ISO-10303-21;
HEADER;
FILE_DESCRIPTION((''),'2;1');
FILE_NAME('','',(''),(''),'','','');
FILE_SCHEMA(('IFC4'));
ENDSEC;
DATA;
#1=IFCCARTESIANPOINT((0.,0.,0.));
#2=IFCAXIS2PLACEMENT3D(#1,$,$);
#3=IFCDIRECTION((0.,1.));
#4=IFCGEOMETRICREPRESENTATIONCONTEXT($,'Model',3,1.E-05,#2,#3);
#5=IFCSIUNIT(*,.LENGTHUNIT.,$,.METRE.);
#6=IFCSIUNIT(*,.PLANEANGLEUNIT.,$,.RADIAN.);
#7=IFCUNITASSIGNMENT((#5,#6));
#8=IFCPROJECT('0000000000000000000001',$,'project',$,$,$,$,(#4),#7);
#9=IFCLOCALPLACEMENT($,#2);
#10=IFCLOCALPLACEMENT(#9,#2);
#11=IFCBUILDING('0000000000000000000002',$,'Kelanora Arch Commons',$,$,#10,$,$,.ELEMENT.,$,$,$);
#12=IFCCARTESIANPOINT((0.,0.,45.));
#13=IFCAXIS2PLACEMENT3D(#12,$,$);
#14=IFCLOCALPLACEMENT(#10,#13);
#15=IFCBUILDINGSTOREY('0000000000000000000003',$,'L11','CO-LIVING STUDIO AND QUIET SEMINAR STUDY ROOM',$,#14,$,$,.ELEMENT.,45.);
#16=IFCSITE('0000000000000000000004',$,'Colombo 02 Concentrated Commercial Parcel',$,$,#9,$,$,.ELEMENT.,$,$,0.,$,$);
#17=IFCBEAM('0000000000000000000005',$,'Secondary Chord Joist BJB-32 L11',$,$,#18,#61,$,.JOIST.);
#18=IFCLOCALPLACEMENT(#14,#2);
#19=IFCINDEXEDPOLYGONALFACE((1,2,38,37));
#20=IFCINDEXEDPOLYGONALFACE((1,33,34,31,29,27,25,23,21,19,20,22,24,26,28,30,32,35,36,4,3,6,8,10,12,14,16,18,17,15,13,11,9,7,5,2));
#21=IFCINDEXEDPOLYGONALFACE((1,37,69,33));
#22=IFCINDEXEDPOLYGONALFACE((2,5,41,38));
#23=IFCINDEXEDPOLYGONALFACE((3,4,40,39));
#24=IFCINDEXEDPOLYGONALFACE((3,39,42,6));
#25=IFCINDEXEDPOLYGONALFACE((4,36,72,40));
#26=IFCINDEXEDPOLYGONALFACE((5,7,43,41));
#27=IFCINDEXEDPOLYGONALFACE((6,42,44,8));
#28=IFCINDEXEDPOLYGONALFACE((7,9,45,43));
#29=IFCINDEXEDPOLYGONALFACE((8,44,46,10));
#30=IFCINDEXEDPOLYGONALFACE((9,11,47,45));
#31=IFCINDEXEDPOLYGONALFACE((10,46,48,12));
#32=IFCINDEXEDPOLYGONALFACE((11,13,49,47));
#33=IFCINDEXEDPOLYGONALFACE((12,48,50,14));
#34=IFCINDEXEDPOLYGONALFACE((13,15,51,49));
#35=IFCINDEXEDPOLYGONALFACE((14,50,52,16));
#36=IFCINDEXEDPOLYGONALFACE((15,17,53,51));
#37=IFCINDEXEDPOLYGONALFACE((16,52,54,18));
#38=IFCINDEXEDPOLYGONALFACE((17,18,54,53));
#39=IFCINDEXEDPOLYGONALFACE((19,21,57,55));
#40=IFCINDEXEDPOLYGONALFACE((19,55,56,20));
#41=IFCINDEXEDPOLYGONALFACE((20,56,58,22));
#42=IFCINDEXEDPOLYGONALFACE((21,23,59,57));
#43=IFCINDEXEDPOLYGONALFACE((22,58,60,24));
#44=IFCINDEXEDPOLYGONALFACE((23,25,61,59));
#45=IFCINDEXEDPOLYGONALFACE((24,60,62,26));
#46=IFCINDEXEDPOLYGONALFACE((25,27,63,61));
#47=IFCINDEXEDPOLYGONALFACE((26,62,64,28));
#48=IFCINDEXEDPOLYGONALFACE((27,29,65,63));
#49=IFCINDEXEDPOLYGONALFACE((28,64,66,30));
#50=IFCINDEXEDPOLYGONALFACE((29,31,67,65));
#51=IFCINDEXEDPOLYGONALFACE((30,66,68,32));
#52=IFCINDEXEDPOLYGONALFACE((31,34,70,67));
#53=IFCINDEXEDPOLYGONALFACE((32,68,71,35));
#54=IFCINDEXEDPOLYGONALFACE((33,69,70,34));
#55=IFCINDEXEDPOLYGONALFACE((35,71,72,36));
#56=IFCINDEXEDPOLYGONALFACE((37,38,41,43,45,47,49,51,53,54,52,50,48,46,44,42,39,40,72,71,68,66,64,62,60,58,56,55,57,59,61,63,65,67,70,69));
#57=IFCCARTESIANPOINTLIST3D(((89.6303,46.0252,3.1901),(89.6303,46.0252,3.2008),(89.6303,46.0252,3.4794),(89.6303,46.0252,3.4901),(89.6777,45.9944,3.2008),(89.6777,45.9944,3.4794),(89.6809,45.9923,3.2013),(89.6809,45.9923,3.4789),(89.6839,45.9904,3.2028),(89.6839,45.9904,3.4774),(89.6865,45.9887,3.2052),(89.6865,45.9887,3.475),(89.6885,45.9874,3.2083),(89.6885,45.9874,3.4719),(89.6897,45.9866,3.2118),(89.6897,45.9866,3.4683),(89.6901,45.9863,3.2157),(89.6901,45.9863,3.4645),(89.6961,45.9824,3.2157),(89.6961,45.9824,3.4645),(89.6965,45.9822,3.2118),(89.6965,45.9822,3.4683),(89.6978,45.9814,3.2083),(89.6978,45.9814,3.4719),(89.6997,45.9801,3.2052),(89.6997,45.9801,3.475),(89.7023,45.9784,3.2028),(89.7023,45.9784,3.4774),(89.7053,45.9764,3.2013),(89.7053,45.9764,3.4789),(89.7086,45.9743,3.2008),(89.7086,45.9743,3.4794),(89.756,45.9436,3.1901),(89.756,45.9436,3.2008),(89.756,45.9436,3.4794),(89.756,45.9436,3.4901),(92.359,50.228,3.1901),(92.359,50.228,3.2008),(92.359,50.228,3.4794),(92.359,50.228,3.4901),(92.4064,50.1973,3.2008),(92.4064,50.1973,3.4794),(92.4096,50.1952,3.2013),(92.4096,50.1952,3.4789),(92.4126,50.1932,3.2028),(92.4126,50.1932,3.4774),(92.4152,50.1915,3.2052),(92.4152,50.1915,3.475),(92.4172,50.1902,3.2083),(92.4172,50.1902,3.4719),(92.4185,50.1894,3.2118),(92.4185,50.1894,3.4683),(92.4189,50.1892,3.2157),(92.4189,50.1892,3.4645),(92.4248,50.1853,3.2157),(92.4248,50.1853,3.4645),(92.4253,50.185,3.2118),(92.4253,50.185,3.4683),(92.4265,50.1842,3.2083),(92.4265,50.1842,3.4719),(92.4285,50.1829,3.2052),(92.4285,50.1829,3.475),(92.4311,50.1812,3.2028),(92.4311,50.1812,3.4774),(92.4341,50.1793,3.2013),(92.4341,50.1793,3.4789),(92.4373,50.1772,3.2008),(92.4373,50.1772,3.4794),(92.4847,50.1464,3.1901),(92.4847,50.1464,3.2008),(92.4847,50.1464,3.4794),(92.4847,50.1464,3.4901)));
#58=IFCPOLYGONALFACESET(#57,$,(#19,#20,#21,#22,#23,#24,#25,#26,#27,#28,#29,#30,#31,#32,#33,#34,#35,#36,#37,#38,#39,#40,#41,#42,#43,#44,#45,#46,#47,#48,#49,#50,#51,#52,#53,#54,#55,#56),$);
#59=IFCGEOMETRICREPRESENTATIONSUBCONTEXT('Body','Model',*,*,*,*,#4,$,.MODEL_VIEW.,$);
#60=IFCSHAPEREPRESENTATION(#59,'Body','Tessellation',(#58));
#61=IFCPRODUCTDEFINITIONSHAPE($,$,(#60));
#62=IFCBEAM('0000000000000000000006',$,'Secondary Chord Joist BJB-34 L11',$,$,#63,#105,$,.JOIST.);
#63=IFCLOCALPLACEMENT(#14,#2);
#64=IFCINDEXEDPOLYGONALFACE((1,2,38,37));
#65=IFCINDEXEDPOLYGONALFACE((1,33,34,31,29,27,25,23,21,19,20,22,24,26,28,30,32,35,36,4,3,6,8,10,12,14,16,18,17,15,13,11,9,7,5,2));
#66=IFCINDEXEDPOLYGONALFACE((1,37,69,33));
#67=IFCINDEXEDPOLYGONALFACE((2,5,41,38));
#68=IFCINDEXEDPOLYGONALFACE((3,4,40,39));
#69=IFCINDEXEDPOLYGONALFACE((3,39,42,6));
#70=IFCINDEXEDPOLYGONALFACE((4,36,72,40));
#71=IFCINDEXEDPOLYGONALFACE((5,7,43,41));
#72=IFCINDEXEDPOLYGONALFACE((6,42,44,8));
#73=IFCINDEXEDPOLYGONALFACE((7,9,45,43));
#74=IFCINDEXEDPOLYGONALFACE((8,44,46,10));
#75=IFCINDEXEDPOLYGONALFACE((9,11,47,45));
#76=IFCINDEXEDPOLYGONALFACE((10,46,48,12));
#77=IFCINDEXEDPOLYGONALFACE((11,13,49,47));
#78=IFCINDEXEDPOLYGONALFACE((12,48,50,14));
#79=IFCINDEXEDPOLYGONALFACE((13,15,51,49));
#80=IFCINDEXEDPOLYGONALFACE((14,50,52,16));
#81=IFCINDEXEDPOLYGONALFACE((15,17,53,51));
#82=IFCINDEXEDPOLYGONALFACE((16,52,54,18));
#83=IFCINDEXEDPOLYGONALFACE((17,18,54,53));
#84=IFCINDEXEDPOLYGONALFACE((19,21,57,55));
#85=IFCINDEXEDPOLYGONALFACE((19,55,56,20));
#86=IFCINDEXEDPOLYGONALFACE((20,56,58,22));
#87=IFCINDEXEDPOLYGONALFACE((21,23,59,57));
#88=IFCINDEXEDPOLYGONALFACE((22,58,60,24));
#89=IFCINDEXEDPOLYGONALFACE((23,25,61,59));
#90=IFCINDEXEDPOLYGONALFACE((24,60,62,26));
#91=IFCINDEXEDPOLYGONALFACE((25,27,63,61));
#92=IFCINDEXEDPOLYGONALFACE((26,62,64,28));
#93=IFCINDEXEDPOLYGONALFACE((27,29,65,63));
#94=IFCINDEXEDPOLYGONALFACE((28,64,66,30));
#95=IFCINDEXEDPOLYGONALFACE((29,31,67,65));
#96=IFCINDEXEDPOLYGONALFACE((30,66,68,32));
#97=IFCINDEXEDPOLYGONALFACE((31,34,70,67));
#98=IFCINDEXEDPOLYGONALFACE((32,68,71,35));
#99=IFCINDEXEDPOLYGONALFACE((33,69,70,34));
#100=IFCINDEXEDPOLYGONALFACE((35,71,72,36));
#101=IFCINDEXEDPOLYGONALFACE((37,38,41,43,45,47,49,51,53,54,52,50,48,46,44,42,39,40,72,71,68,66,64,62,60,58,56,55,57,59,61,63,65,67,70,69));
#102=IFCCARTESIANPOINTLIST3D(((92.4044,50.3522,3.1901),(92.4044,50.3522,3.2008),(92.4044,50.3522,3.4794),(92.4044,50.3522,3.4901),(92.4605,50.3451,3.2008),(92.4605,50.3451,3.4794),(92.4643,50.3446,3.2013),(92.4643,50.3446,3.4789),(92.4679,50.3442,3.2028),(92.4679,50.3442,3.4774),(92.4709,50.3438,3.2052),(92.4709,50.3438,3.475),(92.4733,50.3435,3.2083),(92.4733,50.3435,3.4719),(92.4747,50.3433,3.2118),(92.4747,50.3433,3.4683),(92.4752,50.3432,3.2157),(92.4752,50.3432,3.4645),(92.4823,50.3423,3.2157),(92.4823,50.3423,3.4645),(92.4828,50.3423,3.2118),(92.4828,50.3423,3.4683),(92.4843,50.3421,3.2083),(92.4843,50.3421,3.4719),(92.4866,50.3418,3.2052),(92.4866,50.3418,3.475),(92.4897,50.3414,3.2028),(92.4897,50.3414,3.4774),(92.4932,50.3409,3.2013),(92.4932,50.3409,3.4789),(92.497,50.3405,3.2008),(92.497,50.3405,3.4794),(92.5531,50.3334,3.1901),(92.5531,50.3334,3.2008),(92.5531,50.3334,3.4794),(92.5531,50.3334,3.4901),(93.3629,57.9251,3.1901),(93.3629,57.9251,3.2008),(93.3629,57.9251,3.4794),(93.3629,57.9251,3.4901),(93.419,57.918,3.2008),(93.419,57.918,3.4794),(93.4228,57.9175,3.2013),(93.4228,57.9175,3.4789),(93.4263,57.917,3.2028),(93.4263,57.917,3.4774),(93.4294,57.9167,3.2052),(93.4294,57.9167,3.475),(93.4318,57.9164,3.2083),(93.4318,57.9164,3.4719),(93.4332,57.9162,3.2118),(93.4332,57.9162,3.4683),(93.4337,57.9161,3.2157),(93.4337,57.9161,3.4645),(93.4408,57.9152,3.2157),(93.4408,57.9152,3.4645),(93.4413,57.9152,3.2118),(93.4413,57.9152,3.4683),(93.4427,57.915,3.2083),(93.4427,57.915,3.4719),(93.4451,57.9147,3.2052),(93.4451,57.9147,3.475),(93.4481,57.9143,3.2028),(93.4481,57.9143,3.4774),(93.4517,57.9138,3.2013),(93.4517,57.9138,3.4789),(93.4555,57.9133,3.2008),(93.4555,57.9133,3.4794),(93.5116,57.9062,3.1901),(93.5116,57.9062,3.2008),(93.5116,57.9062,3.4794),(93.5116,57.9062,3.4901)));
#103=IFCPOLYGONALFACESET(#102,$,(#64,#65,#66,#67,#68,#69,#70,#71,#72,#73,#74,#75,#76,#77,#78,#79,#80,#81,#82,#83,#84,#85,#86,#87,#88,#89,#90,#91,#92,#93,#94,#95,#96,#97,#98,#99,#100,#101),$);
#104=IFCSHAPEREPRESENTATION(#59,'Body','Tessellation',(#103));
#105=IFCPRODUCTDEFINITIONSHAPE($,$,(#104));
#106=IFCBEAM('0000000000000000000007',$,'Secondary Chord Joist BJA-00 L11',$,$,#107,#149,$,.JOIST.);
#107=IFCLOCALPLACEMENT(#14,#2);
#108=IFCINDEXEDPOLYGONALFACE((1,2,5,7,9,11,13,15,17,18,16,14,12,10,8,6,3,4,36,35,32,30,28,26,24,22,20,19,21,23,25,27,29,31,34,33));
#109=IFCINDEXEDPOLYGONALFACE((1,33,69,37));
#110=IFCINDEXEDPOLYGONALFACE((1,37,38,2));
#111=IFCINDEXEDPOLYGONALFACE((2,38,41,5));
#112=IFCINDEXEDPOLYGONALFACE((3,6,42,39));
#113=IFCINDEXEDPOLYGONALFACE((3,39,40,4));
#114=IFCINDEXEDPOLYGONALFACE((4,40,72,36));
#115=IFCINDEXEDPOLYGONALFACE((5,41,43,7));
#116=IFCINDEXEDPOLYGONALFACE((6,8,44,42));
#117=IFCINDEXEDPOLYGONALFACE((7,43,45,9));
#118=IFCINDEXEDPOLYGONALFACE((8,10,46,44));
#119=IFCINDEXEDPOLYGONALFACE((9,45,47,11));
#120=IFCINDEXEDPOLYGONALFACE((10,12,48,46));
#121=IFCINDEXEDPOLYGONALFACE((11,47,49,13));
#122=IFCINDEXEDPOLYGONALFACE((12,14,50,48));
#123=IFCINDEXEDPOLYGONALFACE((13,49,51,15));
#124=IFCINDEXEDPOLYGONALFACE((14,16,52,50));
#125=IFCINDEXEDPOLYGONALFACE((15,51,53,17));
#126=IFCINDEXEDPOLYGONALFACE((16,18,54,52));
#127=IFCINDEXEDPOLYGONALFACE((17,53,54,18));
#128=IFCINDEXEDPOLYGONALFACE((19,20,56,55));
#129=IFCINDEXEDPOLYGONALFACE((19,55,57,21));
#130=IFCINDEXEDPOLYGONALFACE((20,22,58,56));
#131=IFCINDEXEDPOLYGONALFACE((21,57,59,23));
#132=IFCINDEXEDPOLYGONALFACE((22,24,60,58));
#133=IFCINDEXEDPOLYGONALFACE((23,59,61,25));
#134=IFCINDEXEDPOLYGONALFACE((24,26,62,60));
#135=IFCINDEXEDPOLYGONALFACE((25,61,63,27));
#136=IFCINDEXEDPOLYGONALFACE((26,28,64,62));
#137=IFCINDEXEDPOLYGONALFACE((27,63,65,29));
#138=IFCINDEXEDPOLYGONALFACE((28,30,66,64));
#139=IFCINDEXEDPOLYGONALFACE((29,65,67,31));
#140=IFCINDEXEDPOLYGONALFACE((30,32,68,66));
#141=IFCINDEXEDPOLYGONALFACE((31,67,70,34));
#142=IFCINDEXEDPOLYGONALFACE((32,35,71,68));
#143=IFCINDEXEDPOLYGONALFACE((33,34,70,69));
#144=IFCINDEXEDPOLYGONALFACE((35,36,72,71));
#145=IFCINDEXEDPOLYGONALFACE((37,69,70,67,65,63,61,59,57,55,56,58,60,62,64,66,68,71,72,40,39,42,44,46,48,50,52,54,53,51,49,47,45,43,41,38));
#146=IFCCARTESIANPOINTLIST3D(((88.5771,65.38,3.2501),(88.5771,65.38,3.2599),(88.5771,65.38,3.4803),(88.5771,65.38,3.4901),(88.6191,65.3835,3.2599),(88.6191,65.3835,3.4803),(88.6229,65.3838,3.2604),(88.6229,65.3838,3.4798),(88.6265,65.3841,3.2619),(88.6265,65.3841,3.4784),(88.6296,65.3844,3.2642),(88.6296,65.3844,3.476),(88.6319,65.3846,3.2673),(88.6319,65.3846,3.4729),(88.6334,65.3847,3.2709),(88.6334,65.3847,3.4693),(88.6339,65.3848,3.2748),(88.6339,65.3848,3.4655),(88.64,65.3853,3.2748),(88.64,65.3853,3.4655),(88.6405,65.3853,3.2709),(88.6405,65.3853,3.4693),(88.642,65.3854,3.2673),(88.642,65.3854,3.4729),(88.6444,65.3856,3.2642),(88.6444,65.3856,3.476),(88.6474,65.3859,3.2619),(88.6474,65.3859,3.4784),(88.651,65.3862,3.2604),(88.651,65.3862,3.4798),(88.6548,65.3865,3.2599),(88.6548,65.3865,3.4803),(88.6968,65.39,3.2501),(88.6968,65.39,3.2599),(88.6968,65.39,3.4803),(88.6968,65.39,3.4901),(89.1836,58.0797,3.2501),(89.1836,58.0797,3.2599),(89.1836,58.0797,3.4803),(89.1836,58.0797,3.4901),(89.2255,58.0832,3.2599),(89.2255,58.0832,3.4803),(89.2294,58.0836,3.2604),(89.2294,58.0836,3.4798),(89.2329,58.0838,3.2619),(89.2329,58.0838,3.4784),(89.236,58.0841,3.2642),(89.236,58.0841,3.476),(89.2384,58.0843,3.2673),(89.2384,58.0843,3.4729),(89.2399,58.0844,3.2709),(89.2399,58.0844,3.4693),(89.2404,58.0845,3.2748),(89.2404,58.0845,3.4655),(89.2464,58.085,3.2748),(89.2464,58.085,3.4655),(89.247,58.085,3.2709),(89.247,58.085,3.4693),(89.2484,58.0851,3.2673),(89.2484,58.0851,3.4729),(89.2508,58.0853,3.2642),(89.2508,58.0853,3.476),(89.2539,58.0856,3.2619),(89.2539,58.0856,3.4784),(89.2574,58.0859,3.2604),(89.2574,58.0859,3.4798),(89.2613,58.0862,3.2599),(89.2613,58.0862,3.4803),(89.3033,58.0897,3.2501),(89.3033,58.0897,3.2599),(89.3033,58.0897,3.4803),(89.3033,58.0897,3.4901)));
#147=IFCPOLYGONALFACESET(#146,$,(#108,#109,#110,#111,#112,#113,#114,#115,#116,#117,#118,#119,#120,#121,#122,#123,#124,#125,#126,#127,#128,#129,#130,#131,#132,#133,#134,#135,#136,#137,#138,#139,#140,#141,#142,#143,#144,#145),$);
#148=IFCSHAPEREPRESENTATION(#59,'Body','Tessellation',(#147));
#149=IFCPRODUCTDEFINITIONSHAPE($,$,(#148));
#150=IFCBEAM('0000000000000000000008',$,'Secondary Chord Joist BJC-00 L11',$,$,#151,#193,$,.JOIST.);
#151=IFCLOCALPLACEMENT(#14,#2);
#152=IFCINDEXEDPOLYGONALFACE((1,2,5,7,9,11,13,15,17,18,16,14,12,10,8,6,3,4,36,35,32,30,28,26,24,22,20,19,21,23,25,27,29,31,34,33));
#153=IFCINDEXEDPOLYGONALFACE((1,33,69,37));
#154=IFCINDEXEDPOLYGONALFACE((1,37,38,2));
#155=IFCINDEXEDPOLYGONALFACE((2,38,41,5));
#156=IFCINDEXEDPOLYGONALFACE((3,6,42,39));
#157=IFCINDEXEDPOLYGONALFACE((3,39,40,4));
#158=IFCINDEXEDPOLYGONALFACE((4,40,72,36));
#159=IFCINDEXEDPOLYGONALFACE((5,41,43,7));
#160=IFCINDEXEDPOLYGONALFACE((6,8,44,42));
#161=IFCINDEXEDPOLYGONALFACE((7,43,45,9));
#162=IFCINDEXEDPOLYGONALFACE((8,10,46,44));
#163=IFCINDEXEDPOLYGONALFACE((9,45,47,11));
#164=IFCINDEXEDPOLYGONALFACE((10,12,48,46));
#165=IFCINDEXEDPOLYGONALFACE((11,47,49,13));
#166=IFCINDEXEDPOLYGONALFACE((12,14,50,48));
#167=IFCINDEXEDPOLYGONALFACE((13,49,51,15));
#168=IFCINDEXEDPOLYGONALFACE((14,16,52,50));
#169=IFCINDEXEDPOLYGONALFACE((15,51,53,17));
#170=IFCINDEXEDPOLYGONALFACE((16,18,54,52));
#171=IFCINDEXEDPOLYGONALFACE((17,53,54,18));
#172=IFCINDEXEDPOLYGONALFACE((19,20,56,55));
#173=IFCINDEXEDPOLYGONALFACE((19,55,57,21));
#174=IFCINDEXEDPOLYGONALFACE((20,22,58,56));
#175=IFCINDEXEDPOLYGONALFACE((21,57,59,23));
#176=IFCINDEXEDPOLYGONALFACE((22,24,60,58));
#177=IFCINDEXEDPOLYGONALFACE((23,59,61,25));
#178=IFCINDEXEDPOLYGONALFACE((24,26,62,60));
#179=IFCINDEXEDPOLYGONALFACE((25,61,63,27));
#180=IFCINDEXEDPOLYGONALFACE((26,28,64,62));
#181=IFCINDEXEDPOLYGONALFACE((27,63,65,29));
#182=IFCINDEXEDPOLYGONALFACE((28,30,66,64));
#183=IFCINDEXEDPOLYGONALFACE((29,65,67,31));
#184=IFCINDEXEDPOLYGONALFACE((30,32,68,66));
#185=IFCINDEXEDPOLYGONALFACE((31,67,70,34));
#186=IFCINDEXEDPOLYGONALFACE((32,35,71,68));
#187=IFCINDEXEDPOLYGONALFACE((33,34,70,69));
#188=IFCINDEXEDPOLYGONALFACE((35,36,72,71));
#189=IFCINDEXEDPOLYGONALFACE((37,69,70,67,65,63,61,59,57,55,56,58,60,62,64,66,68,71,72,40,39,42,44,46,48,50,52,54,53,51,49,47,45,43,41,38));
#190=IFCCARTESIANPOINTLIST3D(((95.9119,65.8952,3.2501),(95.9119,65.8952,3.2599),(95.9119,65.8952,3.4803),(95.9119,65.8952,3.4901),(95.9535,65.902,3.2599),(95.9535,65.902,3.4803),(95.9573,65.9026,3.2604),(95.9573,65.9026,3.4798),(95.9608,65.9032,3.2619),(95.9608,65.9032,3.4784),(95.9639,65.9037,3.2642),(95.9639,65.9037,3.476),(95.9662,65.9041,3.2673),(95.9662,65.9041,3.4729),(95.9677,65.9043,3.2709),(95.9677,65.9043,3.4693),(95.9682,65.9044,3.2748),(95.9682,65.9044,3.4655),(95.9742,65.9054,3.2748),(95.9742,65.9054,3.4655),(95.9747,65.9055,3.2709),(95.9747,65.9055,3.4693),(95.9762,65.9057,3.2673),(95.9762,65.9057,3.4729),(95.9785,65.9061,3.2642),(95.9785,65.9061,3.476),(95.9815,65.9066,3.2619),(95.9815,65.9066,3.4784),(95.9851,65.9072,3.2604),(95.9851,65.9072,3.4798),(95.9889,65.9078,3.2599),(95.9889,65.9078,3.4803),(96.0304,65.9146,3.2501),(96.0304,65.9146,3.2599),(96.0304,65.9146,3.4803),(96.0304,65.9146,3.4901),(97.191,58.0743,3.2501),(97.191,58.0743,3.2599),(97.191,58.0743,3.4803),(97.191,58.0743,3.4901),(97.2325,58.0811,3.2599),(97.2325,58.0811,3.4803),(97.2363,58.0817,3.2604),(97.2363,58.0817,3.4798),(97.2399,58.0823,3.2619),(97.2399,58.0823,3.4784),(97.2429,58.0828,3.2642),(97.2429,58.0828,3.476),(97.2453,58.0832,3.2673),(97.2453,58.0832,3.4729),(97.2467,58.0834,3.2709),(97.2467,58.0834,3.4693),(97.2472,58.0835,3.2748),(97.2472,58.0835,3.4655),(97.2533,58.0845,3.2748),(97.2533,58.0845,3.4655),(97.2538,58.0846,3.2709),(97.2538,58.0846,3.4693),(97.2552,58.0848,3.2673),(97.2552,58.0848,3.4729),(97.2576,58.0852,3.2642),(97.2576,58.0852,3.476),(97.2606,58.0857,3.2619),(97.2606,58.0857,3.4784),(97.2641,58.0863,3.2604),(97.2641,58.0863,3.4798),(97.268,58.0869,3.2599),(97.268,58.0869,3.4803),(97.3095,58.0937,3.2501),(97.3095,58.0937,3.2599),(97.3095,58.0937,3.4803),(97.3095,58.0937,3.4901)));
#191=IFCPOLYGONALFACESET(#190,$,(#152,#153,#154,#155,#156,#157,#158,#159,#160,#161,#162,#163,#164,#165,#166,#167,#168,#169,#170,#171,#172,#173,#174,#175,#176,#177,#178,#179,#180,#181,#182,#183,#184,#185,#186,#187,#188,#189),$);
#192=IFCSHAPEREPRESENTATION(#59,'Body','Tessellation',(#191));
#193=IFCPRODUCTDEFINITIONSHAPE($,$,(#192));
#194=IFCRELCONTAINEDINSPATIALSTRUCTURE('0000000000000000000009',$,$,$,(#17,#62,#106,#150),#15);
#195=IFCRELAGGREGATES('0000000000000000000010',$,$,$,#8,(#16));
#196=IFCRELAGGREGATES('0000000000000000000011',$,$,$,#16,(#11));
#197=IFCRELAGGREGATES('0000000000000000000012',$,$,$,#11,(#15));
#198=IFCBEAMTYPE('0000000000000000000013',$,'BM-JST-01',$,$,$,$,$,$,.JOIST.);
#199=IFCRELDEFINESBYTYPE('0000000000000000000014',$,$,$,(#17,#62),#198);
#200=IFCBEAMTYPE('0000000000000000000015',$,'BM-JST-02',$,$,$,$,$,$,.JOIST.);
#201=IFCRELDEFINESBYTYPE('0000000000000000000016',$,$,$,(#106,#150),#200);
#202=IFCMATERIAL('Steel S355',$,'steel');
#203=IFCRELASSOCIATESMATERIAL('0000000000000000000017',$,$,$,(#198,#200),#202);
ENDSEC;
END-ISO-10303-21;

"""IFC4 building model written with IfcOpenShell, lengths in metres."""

from ifc_helpers import new_model, si_unit, direction, frame, origin, origin_2d, place, context, subcontext, project, spatial, i_section, extrude, material, material_profile, profile_set, type_object, element, save


model = new_model("IFC4")

# Units and contexts
model_context = context("Model", 3, precision=1e-05, world=origin(), true_north=direction((0.0, 1.0)))
body_context = subcontext(model_context, "Body", "Model", "MODEL_VIEW")
ifc_project = project(units=[si_unit("LENGTHUNIT", "METRE"), si_unit("PLANEANGLEUNIT", "RADIAN")], contexts=[model_context])

# Site, building, storey
site_placement = place(None, origin())
site = spatial("IfcSite", under=ifc_project, at=site_placement, Name="Colombo 02 Concentrated Commercial Parcel", CompositionType="ELEMENT", RefElevation=0.0)
building_placement = place(site_placement, origin())
building = spatial("IfcBuilding", under=site, at=building_placement, Name="Kelanora Arch Commons", CompositionType="ELEMENT")
storey_placement = place(building_placement, frame((0.0, 0.0, 45.0)))
storey = spatial("IfcBuildingStorey", under=building, at=storey_placement, Name="L11", Description="CO-LIVING STUDIO AND QUIET SEMINAR STUDY ROOM", CompositionType="ELEMENT", Elevation=45.0)

# Beams
ifc_material_1 = material(Name="Steel S355", Category="steel")
ifc_material_profile_1 = material_profile(ifc_material_1, i_section(OverallWidth=0.1499, OverallDepth=0.3, WebThickness=0.0071, FlangeThickness=0.0107, FilletRadius=0.0149, at=origin_2d()), Name="IPE300")
ifc_profile_set_1 = profile_set([ifc_material_profile_1], Name="Steel S355")
beam_type_1 = type_object("IfcBeamType", Name="BM-JST-01", PredefinedType="JOIST", material=ifc_profile_set_1)
beam_1_placement = place(storey_placement, frame((89.6931, 45.9844, 3.3401), z_axis=(0.544552, 0.838727, 0.0), x_axis=(-0.838727, 0.544552, 0.0)))
element("IfcBeam", 1, at=beam_1_placement, inside=storey, type_object=beam_type_1, Name="Secondary Chord Joist BJB-32 L11", PredefinedType="JOIST", context=body_context, shape_type="SweptSolid", body=[
    extrude(i_section(OverallWidth=0.1499, OverallDepth=0.3, WebThickness=0.0071, FlangeThickness=0.0107, FilletRadius=0.0149, at=origin_2d()), origin(), (0.0, 0.0, 1.0), 5.011),
])
beam_2_placement = place(storey_placement, frame((92.4788, 50.3428, 3.3401), z_axis=(0.125566, 0.992085, 0.0), x_axis=(-0.992085, 0.125566, 0.0)))
element("IfcBeam", 2, at=beam_2_placement, inside=storey, type_object=beam_type_1, Name="Secondary Chord Joist BJB-34 L11", PredefinedType="JOIST", context=body_context, shape_type="SweptSolid", body=[
    extrude(i_section(OverallWidth=0.1499, OverallDepth=0.3, WebThickness=0.0071, FlangeThickness=0.0107, FilletRadius=0.0149, at=origin_2d()), origin(), (0.0, 0.0, 1.0), 7.6333),
])
ifc_material_profile_2 = material_profile(ifc_material_1, i_section(OverallWidth=0.1201, OverallDepth=0.24, WebThickness=0.0061, FlangeThickness=0.0098, FilletRadius=0.0149, at=origin_2d()), Name="IPE240")
ifc_profile_set_2 = profile_set([ifc_material_profile_2], Name="Steel S355")
beam_type_2 = type_object("IfcBeamType", Name="BM-JST-02", PredefinedType="JOIST", material=ifc_profile_set_2)
beam_3_placement = place(storey_placement, frame((89.2434, 58.0847, 3.3701), z_axis=(-0.082786, 0.996567, 0.0), x_axis=(-0.996567, -0.082786, 0.0)))
element("IfcBeam", 3, at=beam_3_placement, inside=storey, type_object=beam_type_2, Name="Secondary Chord Joist BJA-00 L11", PredefinedType="JOIST", context=body_context, shape_type="SweptSolid", body=[
    extrude(i_section(OverallWidth=0.1201, OverallDepth=0.24, WebThickness=0.0061, FlangeThickness=0.0098, FilletRadius=0.0149, at=origin_2d()), origin(), (0.0, 0.0, 1.0), 7.3254),
])
beam_4_placement = place(storey_placement, frame((97.2502, 58.084, 3.3701), z_axis=(-0.161401, 0.986889, 0.0), x_axis=(-0.986889, -0.161401, 0.0)))
element("IfcBeam", 4, at=beam_4_placement, inside=storey, type_object=beam_type_2, Name="Secondary Chord Joist BJC-00 L11", PredefinedType="JOIST", context=body_context, shape_type="SweptSolid", body=[
    extrude(i_section(OverallWidth=0.1201, OverallDepth=0.24, WebThickness=0.0061, FlangeThickness=0.0098, FilletRadius=0.0149, at=origin_2d()), origin(), (0.0, 0.0, 1.0), 7.9248),
])

save(model, "model.ifc")
